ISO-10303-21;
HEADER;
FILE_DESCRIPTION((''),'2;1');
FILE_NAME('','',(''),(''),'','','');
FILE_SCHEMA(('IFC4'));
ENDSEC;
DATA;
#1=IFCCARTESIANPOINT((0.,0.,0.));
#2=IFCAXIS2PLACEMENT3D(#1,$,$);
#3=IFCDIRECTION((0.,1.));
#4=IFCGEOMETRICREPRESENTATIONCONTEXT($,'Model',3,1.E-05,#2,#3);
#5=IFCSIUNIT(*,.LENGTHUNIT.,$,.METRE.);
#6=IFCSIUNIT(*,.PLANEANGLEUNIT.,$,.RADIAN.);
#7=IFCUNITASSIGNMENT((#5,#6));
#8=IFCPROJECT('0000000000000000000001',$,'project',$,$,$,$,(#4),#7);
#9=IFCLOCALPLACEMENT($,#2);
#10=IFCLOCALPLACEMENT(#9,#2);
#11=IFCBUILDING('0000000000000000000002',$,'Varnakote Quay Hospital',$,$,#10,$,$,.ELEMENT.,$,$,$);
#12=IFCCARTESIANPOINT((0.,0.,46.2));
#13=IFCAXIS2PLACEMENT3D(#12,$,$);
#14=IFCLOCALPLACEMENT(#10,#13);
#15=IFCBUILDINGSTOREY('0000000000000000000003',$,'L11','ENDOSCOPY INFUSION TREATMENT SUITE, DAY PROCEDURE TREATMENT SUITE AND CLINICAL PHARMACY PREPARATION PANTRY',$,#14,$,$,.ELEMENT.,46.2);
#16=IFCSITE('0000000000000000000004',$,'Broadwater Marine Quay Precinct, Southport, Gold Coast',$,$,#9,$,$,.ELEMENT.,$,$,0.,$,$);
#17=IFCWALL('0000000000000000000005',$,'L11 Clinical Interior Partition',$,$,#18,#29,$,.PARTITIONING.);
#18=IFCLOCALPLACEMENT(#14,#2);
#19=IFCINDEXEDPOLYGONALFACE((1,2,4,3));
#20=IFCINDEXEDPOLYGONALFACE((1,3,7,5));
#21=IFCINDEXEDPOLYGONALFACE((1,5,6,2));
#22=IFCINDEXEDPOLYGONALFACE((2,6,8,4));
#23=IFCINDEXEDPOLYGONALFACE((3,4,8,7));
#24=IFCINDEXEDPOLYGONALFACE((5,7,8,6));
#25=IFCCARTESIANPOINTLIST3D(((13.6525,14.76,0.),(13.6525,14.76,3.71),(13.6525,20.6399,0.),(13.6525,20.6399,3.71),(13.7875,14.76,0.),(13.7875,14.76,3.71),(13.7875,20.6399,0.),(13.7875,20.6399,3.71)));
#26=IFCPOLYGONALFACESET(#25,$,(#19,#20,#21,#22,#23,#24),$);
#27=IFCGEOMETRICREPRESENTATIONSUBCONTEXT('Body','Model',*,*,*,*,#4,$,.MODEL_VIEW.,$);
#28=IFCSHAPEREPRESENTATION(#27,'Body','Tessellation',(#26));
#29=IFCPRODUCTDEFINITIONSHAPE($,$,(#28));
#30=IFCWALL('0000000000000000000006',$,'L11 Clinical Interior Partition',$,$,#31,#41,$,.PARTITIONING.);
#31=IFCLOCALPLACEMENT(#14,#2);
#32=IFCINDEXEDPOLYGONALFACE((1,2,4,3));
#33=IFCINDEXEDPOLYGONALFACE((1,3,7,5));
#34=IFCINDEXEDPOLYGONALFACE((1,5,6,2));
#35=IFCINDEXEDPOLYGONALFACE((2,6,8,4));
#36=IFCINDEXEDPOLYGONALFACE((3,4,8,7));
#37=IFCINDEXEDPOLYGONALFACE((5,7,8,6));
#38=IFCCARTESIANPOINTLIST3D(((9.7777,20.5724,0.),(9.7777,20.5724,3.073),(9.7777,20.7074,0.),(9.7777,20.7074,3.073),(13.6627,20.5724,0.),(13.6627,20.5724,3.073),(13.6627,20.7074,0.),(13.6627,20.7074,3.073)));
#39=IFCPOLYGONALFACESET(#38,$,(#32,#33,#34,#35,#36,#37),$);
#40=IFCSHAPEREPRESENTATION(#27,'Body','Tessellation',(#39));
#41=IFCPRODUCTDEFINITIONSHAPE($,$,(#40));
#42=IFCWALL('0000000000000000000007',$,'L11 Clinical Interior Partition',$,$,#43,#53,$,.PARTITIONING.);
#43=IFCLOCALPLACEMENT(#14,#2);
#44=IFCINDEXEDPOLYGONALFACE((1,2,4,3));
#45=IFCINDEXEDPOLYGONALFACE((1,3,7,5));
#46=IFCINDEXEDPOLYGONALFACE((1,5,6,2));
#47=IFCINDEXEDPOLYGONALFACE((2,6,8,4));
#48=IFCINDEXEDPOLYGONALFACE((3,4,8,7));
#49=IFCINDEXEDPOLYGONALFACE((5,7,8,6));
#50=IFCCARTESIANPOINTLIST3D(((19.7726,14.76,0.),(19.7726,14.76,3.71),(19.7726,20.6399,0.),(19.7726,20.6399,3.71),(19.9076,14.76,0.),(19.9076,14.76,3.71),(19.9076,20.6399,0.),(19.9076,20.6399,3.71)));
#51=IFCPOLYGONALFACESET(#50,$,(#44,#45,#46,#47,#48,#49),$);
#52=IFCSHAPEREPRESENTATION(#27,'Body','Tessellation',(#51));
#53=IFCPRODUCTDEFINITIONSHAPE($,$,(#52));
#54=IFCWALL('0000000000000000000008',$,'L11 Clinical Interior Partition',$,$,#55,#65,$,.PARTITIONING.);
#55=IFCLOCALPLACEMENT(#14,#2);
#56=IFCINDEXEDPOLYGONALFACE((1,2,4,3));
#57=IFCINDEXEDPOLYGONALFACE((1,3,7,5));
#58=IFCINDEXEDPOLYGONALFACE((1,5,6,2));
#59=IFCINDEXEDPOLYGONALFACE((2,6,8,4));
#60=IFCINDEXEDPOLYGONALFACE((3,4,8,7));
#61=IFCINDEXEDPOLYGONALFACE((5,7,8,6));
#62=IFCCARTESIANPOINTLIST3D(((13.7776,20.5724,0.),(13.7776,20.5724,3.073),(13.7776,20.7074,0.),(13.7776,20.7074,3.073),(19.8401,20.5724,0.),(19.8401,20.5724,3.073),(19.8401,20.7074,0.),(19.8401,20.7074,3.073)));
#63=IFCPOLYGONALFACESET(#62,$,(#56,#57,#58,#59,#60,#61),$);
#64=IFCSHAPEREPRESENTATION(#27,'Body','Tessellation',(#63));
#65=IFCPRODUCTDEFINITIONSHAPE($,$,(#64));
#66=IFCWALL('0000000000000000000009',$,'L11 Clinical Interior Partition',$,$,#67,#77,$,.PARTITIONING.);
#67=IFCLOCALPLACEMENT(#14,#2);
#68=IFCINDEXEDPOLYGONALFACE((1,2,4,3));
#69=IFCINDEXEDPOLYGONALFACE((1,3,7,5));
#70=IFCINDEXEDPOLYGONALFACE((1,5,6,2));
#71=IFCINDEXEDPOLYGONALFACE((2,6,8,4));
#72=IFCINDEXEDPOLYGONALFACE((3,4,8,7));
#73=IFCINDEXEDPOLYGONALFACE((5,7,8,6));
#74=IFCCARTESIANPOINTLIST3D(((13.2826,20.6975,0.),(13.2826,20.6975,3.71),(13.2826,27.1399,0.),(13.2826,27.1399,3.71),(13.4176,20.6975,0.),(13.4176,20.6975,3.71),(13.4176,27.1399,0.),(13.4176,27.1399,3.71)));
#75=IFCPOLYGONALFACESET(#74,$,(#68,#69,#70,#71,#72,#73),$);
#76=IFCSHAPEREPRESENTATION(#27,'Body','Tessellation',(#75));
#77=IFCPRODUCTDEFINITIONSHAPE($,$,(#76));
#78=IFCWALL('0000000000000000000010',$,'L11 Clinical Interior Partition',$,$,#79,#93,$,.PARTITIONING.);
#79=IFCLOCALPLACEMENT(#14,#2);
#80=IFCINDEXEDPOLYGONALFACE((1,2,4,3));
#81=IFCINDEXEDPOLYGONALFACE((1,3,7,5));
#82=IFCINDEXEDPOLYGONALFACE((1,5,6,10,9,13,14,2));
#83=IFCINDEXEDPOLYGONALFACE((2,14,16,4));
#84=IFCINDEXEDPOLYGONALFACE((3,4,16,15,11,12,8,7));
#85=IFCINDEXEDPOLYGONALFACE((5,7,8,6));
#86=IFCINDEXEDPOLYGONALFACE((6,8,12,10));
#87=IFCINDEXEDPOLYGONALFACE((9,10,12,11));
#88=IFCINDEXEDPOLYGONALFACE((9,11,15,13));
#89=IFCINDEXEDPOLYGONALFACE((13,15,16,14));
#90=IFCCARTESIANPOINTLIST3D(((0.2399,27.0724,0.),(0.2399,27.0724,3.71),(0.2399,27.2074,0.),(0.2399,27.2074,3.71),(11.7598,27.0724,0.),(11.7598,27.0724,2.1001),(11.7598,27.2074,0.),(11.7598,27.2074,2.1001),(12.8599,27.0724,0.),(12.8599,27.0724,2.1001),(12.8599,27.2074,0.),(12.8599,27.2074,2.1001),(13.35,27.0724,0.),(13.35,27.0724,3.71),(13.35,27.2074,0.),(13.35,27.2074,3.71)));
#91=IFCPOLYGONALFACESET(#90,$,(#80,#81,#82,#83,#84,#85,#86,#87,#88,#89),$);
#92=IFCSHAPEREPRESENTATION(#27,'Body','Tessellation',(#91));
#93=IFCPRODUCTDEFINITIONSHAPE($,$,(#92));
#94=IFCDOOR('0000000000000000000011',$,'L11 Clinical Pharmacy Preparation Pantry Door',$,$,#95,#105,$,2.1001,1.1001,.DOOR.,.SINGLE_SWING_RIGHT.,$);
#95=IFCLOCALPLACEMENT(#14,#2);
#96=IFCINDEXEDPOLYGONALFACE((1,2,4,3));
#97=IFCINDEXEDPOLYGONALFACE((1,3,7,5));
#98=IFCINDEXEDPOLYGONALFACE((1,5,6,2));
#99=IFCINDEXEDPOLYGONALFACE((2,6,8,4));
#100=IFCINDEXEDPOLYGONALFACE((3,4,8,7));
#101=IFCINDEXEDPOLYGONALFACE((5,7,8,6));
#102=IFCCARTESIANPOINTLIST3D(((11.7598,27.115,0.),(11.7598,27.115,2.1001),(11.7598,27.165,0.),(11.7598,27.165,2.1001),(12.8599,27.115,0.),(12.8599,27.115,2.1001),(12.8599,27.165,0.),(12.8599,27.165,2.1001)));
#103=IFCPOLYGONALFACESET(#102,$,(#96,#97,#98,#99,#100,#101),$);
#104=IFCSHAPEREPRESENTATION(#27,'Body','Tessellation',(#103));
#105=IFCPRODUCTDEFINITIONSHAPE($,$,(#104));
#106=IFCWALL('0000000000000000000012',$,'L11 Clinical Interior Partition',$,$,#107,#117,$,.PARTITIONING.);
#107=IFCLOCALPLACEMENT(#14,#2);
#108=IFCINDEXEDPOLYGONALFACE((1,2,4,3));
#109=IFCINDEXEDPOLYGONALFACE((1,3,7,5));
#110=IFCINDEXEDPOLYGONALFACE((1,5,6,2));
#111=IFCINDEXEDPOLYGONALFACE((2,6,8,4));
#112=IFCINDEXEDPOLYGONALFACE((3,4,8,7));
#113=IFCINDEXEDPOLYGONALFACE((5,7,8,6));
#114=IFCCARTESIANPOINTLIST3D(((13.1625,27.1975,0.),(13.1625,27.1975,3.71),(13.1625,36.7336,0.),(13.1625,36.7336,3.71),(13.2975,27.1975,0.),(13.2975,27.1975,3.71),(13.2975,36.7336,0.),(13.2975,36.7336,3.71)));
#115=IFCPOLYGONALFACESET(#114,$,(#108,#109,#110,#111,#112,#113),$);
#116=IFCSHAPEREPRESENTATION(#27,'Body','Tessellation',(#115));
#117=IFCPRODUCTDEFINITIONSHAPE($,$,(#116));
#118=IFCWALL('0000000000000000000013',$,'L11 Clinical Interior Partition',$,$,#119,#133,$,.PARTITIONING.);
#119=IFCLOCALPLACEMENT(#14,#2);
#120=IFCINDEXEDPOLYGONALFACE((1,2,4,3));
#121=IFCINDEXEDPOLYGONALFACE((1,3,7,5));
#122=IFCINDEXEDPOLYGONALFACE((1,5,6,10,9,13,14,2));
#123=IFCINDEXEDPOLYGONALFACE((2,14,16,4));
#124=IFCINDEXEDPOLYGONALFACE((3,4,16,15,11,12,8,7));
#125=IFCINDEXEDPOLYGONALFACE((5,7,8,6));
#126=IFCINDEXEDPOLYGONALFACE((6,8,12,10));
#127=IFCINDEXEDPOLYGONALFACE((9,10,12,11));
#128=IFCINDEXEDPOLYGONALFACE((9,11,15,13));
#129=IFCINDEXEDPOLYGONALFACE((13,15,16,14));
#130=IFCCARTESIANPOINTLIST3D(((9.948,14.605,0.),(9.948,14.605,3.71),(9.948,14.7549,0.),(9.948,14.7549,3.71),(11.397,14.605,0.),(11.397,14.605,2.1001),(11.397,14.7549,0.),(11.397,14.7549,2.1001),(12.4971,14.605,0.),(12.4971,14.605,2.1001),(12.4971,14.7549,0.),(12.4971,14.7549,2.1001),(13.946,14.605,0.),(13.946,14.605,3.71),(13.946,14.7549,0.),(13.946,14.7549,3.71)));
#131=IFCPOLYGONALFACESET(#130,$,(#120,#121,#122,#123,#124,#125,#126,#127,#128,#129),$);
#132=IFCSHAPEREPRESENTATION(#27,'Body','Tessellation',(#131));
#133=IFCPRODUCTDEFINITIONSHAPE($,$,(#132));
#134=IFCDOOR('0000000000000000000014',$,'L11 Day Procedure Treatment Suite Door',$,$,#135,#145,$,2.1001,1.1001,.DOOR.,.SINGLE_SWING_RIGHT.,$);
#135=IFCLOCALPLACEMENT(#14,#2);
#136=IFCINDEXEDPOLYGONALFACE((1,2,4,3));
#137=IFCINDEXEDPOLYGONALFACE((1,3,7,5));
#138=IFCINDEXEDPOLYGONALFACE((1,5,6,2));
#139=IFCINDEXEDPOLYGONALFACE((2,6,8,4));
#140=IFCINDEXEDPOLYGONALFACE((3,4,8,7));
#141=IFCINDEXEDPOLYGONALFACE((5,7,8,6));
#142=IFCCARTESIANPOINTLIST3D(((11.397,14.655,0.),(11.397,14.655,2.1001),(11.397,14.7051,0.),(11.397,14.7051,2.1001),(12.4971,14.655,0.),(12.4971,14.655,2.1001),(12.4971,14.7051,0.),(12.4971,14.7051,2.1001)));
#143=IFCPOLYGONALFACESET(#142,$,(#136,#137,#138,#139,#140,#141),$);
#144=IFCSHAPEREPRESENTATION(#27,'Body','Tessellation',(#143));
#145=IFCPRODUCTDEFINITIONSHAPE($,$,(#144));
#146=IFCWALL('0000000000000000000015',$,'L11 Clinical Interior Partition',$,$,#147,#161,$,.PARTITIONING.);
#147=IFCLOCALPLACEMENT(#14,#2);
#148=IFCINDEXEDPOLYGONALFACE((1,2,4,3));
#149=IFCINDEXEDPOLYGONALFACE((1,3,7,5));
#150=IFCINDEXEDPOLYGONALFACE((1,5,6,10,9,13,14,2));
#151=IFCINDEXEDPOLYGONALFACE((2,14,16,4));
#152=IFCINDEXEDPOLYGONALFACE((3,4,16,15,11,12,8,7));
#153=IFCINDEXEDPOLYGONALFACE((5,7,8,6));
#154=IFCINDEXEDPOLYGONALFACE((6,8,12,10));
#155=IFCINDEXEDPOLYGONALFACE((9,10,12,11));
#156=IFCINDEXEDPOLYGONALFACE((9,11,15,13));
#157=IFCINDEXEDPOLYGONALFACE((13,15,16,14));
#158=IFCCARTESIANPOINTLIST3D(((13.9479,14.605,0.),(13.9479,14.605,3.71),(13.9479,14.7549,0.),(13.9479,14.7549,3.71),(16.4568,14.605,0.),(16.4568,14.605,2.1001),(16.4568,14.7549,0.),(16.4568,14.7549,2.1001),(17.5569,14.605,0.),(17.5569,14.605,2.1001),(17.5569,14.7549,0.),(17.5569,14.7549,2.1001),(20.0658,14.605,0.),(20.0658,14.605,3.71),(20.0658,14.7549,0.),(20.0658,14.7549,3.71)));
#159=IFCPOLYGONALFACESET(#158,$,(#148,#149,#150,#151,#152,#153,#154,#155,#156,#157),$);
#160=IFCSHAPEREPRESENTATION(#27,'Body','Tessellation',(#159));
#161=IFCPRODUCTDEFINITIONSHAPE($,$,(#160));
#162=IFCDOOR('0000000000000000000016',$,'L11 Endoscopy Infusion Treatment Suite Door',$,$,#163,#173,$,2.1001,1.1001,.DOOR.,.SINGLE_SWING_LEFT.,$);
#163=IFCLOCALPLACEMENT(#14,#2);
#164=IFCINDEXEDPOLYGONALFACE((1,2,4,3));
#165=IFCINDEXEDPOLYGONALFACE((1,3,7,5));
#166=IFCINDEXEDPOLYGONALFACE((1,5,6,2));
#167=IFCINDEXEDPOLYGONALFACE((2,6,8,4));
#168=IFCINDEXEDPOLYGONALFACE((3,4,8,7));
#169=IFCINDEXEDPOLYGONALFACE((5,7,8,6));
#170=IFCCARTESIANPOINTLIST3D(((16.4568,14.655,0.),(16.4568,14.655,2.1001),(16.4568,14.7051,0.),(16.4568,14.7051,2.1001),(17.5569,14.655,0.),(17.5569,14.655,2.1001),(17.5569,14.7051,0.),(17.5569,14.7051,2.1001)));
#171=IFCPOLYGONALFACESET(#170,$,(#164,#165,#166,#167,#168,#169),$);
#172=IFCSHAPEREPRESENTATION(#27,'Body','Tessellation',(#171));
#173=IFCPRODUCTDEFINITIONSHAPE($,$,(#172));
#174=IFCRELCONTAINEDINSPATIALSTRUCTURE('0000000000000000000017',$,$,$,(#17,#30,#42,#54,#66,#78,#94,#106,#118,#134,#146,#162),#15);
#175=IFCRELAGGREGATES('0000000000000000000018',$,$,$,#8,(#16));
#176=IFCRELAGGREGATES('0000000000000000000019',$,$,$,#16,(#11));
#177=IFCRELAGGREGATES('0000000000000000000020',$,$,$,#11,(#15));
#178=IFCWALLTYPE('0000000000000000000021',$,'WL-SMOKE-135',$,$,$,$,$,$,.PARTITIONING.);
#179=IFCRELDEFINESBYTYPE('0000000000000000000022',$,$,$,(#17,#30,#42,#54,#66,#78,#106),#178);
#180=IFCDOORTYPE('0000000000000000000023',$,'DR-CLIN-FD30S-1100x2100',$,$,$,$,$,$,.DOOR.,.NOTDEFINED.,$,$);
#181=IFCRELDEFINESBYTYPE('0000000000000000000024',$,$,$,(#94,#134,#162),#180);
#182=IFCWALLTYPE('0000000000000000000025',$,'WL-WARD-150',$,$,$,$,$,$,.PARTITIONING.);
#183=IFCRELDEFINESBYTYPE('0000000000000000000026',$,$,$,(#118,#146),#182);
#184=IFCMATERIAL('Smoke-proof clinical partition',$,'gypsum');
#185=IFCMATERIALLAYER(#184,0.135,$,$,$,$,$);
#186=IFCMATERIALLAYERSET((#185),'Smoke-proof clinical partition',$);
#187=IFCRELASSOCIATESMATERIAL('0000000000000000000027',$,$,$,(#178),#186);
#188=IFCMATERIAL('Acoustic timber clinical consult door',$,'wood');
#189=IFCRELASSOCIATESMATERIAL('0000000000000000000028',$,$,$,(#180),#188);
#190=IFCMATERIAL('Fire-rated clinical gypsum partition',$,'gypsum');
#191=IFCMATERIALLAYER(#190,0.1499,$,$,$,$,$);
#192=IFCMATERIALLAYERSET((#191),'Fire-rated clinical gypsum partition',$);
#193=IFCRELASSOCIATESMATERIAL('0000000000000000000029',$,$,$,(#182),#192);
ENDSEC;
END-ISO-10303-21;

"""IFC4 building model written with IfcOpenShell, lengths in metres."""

from ifc_helpers import new_model, si_unit, direction, frame, frame_2d, origin, place, context, subcontext, project, spatial, rectangle, extrude, material, layer, layer_set, type_object, element, fill, save


model = new_model("IFC4")

# Units and contexts
model_context = context("Model", 3, precision=1e-05, world=origin(), true_north=direction((0.0, 1.0)))
body_context = subcontext(model_context, "Body", "Model", "MODEL_VIEW")
ifc_project = project(units=[si_unit("LENGTHUNIT", "METRE"), si_unit("PLANEANGLEUNIT", "RADIAN")], contexts=[model_context])

# Site, building, storey
site_placement = place(None, origin())
site = spatial("IfcSite", under=ifc_project, at=site_placement, Name="Broadwater Marine Quay Precinct, Southport, Gold Coast", CompositionType="ELEMENT", RefElevation=0.0)
building_placement = place(site_placement, origin())
building = spatial("IfcBuilding", under=site, at=building_placement, Name="Varnakote Quay Hospital", CompositionType="ELEMENT")
storey_placement = place(building_placement, frame((0.0, 0.0, 46.2)))
storey = spatial("IfcBuildingStorey", under=building, at=storey_placement, Name="L11", Description="ENDOSCOPY INFUSION TREATMENT SUITE, DAY PROCEDURE TREATMENT SUITE AND CLINICAL PHARMACY PREPARATION PANTRY", CompositionType="ELEMENT", Elevation=46.2)

# Walls
ifc_material_1 = material(Name="Smoke-proof clinical partition", Category="gypsum")
ifc_layer_1 = layer(ifc_material_1, 0.135)
ifc_layer_set_1 = layer_set([ifc_layer_1], Name="Smoke-proof clinical partition")
wall_type_1 = type_object("IfcWallType", Name="WL-SMOKE-135", PredefinedType="PARTITIONING", material=ifc_layer_set_1)
wall_1_placement = place(storey_placement, frame((13.72, 14.76, 0.0), z_axis=(0.0, 0.0, 1.0), x_axis=(0.0, 1.0, 0.0)))
element("IfcWall", 1, at=wall_1_placement, inside=storey, type_object=wall_type_1, Name="L11 Clinical Interior Partition", PredefinedType="PARTITIONING", context=body_context, shape_type="SweptSolid", body=[
    extrude(rectangle(XDim=5.8799, YDim=0.135, at=frame_2d((2.9399, 0.0))), origin(), (0.0, 0.0, 1.0), 3.71),
])
wall_2_placement = place(storey_placement, frame((13.6626, 20.6399, 0.0), z_axis=(0.0, 0.0, 1.0), x_axis=(-1.0, 0.0, 0.0)))
element("IfcWall", 2, at=wall_2_placement, inside=storey, type_object=wall_type_1, Name="L11 Clinical Interior Partition", PredefinedType="PARTITIONING", context=body_context, shape_type="SweptSolid", body=[
    extrude(rectangle(XDim=3.885, YDim=0.135, at=frame_2d((1.9424, 0.0))), origin(), (0.0, 0.0, 1.0), 3.073),
])
wall_3_placement = place(storey_placement, frame((19.8401, 14.76, 0.0), z_axis=(0.0, 0.0, 1.0), x_axis=(0.0, 1.0, 0.0)))
element("IfcWall", 3, at=wall_3_placement, inside=storey, type_object=wall_type_1, Name="L11 Clinical Interior Partition", PredefinedType="PARTITIONING", context=body_context, shape_type="SweptSolid", body=[
    extrude(rectangle(XDim=5.8799, YDim=0.135, at=frame_2d((2.9399, 0.0))), origin(), (0.0, 0.0, 1.0), 3.71),
])
wall_4_placement = place(storey_placement, frame((19.8401, 20.6399, 0.0), z_axis=(0.0, 0.0, 1.0), x_axis=(-1.0, 0.0, 0.0)))
element("IfcWall", 4, at=wall_4_placement, inside=storey, type_object=wall_type_1, Name="L11 Clinical Interior Partition", PredefinedType="PARTITIONING", context=body_context, shape_type="SweptSolid", body=[
    extrude(rectangle(XDim=6.0625, YDim=0.135, at=frame_2d((3.0312, 0.0))), origin(), (0.0, 0.0, 1.0), 3.073),
])
wall_5_placement = place(storey_placement, frame((13.3501, 20.6975, 0.0), z_axis=(0.0, 0.0, 1.0), x_axis=(0.0, 1.0, 0.0)))
element("IfcWall", 5, at=wall_5_placement, inside=storey, type_object=wall_type_1, Name="L11 Clinical Interior Partition", PredefinedType="PARTITIONING", context=body_context, shape_type="SweptSolid", body=[
    extrude(rectangle(XDim=6.4424, YDim=0.135, at=frame_2d((3.2212, 0.0))), origin(), (0.0, 0.0, 1.0), 3.71),
])

# Wall, opening, door
wall_6_placement = place(storey_placement, frame((13.3501, 27.1399, 0.0), z_axis=(0.0, 0.0, 1.0), x_axis=(-1.0, 0.0, 0.0)))
wall_6 = element("IfcWall", 6, at=wall_6_placement, inside=storey, type_object=wall_type_1, Name="L11 Clinical Interior Partition", PredefinedType="PARTITIONING", context=body_context, shape_type="SweptSolid", body=[
    extrude(rectangle(XDim=13.1101, YDim=0.135, at=frame_2d((6.5552, 0.0))), origin(), (0.0, 0.0, 1.0), 3.71),
])
opening_1_placement = place(wall_6_placement, frame((0.4902, 0.0, 0.0)))
opening_1 = element("IfcOpeningElement", 7, at=opening_1_placement, cuts=wall_6, PredefinedType="OPENING", context=body_context, shape_type="SweptSolid", body=[
    extrude(rectangle(XDim=1.1001, YDim=2.1001, at=frame_2d((0.55, 1.05))), frame((0.0, 0.0774, 0.0), z_axis=(0.0, -1.0, 0.0), x_axis=(1.0, 0.0, 0.0)), (0.0, 0.0, 1.0), 0.155),
])
ifc_material_2 = material(Name="Acoustic timber clinical consult door", Category="wood")
door_type_1 = type_object("IfcDoorType", Name="DR-CLIN-FD30S-1100x2100", OperationType="NOTDEFINED", PredefinedType="DOOR", material=ifc_material_2)
door_1_placement = place(opening_1_placement, origin())
door_1 = element("IfcDoor", 8, at=door_1_placement, inside=storey, type_object=door_type_1, Name="L11 Clinical Pharmacy Preparation Pantry Door", OperationType="SINGLE_SWING_RIGHT", OverallHeight=2.1001, OverallWidth=1.1001, PredefinedType="DOOR", context=body_context, shape_type="SweptSolid", body=[
    extrude(rectangle(XDim=1.1001, YDim=2.1001, at=frame_2d((0.55, 1.05))), frame((0.0, 0.0249, 0.0), z_axis=(0.0, -1.0, 0.0), x_axis=(1.0, 0.0, 0.0)), (0.0, 0.0, 1.0), 0.05),
])
fill(opening_1, door_1)

# Wall
wall_7_placement = place(storey_placement, frame((13.23, 27.1975, 0.0), z_axis=(0.0, 0.0, 1.0), x_axis=(0.0, 1.0, 0.0)))
element("IfcWall", 9, at=wall_7_placement, inside=storey, type_object=wall_type_1, Name="L11 Clinical Interior Partition", PredefinedType="PARTITIONING", context=body_context, shape_type="SweptSolid", body=[
    extrude(rectangle(XDim=9.5361, YDim=0.135, at=frame_2d((4.7681, 0.0))), origin(), (0.0, 0.0, 1.0), 3.71),
])

# Walls, openings, doors
ifc_material_3 = material(Name="Fire-rated clinical gypsum partition", Category="gypsum")
ifc_layer_2 = layer(ifc_material_3, 0.1499)
ifc_layer_set_2 = layer_set([ifc_layer_2], Name="Fire-rated clinical gypsum partition")
wall_type_2 = type_object("IfcWallType", Name="WL-WARD-150", PredefinedType="PARTITIONING", material=ifc_layer_set_2)
wall_8_placement = place(storey_placement, frame((13.946, 14.6799, 0.0), z_axis=(0.0, 0.0, 1.0), x_axis=(-1.0, 0.0, 0.0)))
wall_8 = element("IfcWall", 10, at=wall_8_placement, inside=storey, type_object=wall_type_2, Name="L11 Clinical Interior Partition", PredefinedType="PARTITIONING", context=body_context, shape_type="SweptSolid", body=[
    extrude(rectangle(XDim=3.998, YDim=0.1499, at=frame_2d((1.999, 0.0))), origin(), (0.0, 0.0, 1.0), 3.71),
])
opening_2_placement = place(wall_8_placement, frame((1.449, 0.0, 0.0)))
opening_2 = element("IfcOpeningElement", 11, at=opening_2_placement, cuts=wall_8, PredefinedType="OPENING", context=body_context, shape_type="SweptSolid", body=[
    extrude(rectangle(XDim=1.1001, YDim=2.1001, at=frame_2d((0.55, 1.05))), frame((0.0, 0.085, 0.0), z_axis=(0.0, -1.0, 0.0), x_axis=(1.0, 0.0, 0.0)), (0.0, 0.0, 1.0), 0.1699),
])
door_2_placement = place(opening_2_placement, origin())
door_2 = element("IfcDoor", 12, at=door_2_placement, inside=storey, type_object=door_type_1, Name="L11 Day Procedure Treatment Suite Door", OperationType="SINGLE_SWING_RIGHT", OverallHeight=2.1001, OverallWidth=1.1001, PredefinedType="DOOR", context=body_context, shape_type="SweptSolid", body=[
    extrude(rectangle(XDim=1.1001, YDim=2.1001, at=frame_2d((0.55, 1.05))), frame((0.0, 0.0249, 0.0), z_axis=(0.0, -1.0, 0.0), x_axis=(1.0, 0.0, 0.0)), (0.0, 0.0, 1.0), 0.05),
])
fill(opening_2, door_2)
wall_9_placement = place(storey_placement, frame((20.0659, 14.6799, 0.0), z_axis=(0.0, 0.0, 1.0), x_axis=(-1.0, 0.0, 0.0)))
wall_9 = element("IfcWall", 13, at=wall_9_placement, inside=storey, type_object=wall_type_2, Name="L11 Clinical Interior Partition", PredefinedType="PARTITIONING", context=body_context, shape_type="SweptSolid", body=[
    extrude(rectangle(XDim=6.1179, YDim=0.1499, at=frame_2d((3.0591, 0.0))), origin(), (0.0, 0.0, 1.0), 3.71),
])
opening_3_placement = place(wall_9_placement, frame((2.509, 0.0, 0.0)))
opening_3 = element("IfcOpeningElement", 14, at=opening_3_placement, cuts=wall_9, PredefinedType="OPENING", context=body_context, shape_type="SweptSolid", body=[
    extrude(rectangle(XDim=1.1001, YDim=2.1001, at=frame_2d((0.55, 1.05))), frame((0.0, 0.085, 0.0), z_axis=(0.0, -1.0, 0.0), x_axis=(1.0, 0.0, 0.0)), (0.0, 0.0, 1.0), 0.1699),
])
door_3_placement = place(opening_3_placement, origin())
door_3 = element("IfcDoor", 15, at=door_3_placement, inside=storey, type_object=door_type_1, Name="L11 Endoscopy Infusion Treatment Suite Door", OperationType="SINGLE_SWING_LEFT", OverallHeight=2.1001, OverallWidth=1.1001, PredefinedType="DOOR", context=body_context, shape_type="SweptSolid", body=[
    extrude(rectangle(XDim=1.1001, YDim=2.1001, at=frame_2d((0.55, 1.05))), frame((0.0, 0.0249, 0.0), z_axis=(0.0, -1.0, 0.0), x_axis=(1.0, 0.0, 0.0)), (0.0, 0.0, 1.0), 0.05),
])
fill(opening_3, door_3)

save(model, "model.ifc")
